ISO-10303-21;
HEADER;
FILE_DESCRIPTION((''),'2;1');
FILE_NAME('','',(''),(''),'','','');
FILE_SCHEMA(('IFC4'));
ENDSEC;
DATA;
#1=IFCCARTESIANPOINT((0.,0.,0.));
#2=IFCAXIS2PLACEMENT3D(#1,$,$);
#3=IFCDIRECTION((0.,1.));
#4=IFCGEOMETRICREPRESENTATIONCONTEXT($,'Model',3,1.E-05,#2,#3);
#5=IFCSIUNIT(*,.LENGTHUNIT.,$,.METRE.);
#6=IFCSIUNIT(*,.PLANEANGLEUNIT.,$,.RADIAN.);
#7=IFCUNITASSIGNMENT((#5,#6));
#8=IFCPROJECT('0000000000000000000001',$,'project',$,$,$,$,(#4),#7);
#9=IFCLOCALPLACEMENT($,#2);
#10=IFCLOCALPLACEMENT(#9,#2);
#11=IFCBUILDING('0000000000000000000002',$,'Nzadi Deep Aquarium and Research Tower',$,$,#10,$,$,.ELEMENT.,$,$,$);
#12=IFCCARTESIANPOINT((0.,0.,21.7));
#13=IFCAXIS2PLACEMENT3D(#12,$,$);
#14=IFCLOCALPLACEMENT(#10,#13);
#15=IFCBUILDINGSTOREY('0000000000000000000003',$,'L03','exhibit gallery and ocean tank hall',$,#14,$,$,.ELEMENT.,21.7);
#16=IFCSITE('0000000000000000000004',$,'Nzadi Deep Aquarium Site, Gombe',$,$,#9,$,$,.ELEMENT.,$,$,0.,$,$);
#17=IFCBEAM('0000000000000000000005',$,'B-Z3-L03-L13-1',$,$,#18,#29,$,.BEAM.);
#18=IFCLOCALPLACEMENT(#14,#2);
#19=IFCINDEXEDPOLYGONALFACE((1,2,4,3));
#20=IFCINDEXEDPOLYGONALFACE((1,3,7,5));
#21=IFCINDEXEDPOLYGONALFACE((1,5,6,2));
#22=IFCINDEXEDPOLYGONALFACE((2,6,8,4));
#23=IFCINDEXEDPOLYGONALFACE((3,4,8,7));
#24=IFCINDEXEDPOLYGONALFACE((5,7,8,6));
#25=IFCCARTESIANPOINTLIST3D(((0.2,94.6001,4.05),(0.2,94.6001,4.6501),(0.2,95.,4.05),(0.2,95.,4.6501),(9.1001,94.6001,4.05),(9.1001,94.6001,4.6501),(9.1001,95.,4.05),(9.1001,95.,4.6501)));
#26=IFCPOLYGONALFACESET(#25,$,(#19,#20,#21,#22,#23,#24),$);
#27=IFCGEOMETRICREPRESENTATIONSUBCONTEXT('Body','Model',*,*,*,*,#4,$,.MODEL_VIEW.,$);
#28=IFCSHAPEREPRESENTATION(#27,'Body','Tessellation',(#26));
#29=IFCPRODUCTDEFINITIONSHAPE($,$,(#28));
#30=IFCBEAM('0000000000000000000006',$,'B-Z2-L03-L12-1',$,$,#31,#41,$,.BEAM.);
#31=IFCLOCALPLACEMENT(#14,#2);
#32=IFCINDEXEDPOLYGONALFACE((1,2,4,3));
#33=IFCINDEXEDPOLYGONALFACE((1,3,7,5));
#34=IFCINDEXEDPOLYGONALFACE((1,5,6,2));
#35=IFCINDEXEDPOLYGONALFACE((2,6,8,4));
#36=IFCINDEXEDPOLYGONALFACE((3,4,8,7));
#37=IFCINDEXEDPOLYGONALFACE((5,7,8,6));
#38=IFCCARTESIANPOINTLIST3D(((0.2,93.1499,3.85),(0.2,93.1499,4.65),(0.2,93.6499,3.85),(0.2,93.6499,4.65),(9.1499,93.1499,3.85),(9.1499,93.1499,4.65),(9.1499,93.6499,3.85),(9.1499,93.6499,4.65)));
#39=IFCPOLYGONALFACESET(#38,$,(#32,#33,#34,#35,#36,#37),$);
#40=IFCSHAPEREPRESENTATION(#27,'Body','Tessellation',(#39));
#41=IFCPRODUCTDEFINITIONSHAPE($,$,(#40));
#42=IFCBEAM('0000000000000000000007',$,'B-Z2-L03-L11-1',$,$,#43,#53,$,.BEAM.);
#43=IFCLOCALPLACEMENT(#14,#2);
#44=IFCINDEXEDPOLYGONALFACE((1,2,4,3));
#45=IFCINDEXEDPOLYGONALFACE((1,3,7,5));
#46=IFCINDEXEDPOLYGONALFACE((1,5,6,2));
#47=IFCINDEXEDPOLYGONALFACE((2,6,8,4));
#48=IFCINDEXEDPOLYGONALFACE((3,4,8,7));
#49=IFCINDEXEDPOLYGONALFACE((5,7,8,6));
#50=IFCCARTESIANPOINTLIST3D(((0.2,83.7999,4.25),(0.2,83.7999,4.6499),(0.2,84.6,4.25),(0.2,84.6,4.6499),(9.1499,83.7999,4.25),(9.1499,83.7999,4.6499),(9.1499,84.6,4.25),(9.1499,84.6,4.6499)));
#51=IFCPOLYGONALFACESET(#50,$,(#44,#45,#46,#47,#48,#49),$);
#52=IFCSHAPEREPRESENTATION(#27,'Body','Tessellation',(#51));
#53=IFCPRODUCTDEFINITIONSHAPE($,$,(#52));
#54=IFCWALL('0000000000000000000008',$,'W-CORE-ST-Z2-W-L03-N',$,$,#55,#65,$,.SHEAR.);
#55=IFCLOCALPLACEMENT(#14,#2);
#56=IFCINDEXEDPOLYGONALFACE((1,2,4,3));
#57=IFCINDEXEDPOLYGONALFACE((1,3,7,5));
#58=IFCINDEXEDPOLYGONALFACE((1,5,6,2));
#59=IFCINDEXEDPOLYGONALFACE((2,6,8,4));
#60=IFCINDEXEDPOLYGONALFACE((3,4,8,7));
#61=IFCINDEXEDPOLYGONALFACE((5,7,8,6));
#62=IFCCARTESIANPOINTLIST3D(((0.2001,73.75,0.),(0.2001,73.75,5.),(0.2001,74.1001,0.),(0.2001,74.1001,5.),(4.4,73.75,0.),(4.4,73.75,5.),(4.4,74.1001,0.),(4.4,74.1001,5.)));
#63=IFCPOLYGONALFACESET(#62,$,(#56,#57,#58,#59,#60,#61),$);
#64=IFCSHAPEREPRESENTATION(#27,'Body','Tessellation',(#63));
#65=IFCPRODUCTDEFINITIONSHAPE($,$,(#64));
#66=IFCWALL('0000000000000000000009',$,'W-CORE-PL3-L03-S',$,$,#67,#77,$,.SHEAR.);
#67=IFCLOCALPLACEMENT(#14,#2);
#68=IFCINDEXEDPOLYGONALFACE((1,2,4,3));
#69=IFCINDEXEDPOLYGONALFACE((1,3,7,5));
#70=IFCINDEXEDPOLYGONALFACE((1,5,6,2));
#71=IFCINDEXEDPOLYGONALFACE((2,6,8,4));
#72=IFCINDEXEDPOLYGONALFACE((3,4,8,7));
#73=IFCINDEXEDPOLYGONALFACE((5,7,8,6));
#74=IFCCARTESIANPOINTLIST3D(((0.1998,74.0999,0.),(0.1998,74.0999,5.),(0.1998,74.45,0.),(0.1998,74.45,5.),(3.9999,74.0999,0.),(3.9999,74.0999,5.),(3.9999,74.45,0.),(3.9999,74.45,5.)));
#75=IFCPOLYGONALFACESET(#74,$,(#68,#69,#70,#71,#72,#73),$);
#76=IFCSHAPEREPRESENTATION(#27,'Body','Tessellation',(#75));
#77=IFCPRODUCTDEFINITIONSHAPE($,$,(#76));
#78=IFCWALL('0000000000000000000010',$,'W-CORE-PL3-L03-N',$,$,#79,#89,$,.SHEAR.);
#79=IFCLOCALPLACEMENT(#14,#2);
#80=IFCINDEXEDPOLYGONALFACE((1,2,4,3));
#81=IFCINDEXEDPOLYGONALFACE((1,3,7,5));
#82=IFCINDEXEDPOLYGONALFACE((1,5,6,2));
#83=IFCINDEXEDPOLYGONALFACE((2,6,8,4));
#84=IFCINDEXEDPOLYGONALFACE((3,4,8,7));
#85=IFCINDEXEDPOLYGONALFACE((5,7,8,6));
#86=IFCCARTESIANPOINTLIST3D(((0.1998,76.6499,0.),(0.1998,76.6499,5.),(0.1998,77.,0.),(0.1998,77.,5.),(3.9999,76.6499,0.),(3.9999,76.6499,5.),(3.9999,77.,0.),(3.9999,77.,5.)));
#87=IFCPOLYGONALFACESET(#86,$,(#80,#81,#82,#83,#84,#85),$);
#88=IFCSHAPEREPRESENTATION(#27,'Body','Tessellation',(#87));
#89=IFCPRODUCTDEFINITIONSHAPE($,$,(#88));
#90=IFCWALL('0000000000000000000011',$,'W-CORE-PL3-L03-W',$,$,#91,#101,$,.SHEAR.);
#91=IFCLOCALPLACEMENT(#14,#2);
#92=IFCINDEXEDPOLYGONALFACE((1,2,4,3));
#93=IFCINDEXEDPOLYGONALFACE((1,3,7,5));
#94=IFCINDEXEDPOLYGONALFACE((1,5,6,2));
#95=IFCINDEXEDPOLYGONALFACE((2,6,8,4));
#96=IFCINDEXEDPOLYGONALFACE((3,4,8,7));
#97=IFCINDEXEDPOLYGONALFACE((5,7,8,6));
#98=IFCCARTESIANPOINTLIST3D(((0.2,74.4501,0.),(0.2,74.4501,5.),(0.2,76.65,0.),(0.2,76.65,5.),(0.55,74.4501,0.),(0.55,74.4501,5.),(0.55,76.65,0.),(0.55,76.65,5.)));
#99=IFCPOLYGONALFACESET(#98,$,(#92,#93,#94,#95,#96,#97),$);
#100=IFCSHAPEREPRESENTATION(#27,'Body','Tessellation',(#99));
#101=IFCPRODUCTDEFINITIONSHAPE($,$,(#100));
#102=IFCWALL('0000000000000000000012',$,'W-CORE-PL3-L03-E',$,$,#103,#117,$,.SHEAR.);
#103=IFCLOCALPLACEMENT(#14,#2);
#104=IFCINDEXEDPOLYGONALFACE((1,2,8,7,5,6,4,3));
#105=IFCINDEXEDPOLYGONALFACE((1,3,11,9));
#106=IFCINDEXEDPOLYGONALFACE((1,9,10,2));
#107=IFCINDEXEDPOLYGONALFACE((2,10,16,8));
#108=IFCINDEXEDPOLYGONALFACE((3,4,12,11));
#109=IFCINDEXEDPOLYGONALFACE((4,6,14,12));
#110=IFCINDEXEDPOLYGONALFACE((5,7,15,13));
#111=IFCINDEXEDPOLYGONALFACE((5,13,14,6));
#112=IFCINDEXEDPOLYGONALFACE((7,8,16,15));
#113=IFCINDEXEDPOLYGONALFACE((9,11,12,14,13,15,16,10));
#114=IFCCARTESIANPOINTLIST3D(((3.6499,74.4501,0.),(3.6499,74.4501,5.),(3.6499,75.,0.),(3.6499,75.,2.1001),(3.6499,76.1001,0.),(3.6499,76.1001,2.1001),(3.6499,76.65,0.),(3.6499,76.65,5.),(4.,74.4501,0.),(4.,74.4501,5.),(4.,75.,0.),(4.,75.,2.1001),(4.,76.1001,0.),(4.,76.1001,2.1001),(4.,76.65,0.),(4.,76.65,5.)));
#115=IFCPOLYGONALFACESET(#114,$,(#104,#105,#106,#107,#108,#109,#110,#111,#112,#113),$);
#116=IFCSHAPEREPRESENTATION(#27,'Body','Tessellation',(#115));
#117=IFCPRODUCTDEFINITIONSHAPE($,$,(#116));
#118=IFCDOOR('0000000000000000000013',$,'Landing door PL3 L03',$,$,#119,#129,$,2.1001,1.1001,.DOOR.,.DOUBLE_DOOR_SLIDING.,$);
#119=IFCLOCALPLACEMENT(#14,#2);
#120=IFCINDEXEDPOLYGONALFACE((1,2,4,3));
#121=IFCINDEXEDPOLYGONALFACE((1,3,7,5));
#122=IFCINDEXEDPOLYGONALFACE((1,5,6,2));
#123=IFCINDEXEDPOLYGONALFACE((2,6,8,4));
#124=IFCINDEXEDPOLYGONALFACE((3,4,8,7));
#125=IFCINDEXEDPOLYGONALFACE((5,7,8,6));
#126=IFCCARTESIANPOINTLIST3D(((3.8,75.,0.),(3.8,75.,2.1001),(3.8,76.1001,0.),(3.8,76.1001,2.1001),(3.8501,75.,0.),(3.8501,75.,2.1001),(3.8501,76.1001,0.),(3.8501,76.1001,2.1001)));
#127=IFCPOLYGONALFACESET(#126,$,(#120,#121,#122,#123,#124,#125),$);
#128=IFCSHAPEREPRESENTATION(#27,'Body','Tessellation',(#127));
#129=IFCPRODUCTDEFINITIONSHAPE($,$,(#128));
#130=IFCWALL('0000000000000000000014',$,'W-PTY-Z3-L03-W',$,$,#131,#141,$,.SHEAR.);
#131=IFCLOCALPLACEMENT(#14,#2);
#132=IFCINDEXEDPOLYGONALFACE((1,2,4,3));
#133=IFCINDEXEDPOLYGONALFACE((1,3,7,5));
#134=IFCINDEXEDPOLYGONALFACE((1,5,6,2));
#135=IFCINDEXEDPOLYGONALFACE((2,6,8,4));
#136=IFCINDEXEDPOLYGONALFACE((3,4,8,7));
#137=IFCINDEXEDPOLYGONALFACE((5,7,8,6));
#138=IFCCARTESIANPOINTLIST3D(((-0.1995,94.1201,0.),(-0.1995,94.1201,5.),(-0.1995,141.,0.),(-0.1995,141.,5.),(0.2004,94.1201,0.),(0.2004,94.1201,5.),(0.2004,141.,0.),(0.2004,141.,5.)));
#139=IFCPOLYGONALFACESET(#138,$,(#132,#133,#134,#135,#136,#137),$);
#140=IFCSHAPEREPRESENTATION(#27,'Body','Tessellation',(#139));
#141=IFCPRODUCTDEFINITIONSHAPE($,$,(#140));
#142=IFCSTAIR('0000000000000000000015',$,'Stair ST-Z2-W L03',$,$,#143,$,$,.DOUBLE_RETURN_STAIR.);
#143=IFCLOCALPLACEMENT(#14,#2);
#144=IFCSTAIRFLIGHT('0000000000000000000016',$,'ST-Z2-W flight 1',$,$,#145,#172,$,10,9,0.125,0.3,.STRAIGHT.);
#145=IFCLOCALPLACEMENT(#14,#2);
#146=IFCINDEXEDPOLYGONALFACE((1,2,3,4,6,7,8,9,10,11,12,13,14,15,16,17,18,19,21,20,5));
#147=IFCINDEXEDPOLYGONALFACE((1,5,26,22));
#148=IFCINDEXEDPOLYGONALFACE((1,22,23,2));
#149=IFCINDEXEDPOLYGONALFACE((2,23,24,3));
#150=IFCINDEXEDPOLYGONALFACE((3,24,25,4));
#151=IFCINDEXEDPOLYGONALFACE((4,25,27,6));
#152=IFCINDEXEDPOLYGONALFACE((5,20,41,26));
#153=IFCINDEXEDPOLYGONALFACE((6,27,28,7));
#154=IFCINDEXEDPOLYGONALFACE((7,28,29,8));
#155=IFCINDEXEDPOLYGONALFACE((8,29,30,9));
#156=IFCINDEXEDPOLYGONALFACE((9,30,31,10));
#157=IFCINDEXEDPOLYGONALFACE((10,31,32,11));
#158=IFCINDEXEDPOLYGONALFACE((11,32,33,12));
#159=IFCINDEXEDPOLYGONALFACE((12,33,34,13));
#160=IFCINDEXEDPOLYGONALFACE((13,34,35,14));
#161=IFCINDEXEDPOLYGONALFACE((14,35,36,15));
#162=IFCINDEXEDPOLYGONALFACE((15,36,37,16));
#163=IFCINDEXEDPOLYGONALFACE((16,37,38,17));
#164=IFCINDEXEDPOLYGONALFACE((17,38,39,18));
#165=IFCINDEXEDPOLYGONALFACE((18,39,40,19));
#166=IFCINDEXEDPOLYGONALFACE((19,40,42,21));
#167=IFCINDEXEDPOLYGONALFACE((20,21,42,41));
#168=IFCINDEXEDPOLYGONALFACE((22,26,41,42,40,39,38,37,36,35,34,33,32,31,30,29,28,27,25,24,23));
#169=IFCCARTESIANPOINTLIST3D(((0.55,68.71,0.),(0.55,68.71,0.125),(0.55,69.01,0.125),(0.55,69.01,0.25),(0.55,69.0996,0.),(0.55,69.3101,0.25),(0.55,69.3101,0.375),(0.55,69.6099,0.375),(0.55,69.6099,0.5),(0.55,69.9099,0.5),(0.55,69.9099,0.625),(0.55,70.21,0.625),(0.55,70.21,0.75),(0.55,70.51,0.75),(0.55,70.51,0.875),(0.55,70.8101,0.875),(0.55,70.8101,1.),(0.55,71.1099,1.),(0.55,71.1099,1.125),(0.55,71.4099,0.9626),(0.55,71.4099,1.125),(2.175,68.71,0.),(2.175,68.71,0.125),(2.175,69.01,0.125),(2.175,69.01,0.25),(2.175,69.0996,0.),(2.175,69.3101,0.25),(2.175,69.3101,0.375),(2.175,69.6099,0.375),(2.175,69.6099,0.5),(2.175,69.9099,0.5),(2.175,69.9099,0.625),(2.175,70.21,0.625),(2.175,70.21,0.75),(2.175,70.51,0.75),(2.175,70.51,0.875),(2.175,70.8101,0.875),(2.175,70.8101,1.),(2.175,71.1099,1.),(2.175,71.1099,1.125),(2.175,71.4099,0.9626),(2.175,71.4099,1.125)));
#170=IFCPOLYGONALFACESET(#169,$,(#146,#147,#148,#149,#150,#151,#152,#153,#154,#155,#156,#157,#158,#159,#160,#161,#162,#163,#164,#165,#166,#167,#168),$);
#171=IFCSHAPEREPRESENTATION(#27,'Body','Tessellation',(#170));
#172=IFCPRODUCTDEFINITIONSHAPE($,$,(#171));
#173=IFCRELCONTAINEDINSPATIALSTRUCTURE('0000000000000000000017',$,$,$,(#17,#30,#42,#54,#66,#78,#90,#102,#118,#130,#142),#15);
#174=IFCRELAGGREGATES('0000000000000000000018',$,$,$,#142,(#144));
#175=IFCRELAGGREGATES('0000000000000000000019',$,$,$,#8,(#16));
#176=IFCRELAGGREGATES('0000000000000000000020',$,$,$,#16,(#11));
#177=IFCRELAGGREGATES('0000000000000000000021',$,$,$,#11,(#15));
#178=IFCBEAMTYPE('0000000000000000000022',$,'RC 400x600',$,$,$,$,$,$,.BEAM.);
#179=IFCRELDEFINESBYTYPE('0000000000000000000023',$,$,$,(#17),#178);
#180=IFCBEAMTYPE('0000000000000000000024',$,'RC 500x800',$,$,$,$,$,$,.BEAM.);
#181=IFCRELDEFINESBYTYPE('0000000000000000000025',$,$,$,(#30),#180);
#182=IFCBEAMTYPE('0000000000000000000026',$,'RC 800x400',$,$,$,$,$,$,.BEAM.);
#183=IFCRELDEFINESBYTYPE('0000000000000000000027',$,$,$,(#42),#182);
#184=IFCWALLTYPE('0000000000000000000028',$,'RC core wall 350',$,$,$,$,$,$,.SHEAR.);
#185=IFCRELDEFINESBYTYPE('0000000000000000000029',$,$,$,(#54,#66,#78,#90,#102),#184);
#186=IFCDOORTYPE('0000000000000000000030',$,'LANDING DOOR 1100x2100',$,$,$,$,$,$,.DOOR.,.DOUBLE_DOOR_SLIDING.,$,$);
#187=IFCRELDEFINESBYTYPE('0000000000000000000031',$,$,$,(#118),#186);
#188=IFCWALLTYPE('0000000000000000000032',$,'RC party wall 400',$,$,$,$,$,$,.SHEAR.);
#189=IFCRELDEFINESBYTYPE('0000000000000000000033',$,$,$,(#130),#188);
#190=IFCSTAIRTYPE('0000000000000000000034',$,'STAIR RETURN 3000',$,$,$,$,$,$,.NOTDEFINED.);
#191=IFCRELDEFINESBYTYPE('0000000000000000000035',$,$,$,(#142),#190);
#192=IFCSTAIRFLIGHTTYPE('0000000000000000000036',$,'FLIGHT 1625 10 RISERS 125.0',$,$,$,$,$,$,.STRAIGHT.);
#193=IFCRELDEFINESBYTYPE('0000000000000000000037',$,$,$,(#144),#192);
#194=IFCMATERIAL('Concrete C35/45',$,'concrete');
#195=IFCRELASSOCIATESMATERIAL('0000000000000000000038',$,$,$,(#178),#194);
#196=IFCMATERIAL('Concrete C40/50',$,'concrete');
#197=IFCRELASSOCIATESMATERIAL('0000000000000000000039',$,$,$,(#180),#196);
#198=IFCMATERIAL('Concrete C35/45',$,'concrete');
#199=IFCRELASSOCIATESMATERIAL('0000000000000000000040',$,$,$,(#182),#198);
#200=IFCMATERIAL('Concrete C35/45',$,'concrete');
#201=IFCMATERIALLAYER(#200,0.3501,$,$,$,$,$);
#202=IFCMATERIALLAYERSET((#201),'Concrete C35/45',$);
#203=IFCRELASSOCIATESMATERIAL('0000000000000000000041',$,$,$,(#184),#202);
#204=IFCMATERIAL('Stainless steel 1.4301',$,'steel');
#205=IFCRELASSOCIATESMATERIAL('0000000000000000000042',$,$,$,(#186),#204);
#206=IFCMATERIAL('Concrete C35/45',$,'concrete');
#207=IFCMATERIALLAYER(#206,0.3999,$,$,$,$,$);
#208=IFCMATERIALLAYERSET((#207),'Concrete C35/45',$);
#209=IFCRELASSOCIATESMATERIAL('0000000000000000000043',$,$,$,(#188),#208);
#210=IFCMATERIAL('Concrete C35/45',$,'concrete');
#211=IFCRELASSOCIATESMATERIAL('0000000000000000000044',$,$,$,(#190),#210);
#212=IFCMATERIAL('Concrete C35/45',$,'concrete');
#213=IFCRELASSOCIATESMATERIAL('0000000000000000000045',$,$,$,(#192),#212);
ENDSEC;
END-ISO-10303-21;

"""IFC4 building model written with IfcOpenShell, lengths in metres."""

from ifc_helpers import new_model, si_unit, direction, frame, frame_2d, origin, origin_2d, place, context, subcontext, project, spatial, polyline, rectangle, outline, extrude, material, layer, layer_set, material_profile, profile_set, type_object, element, fill, aggregate, save


model = new_model("IFC4")

# Units and contexts
model_context = context("Model", 3, precision=1e-05, world=origin(), true_north=direction((0.0, 1.0)))
body_context = subcontext(model_context, "Body", "Model", "MODEL_VIEW")
ifc_project = project(units=[si_unit("LENGTHUNIT", "METRE"), si_unit("PLANEANGLEUNIT", "RADIAN")], contexts=[model_context])

# Site, building, storey
site_placement = place(None, origin())
site = spatial("IfcSite", under=ifc_project, at=site_placement, Name="Nzadi Deep Aquarium Site, Gombe", CompositionType="ELEMENT", RefElevation=0.0)
building_placement = place(site_placement, origin())
building = spatial("IfcBuilding", under=site, at=building_placement, Name="Nzadi Deep Aquarium and Research Tower", CompositionType="ELEMENT")
storey_placement = place(building_placement, frame((0.0, 0.0, 21.7)))
storey = spatial("IfcBuildingStorey", under=building, at=storey_placement, Name="L03", Description="exhibit gallery and ocean tank hall", CompositionType="ELEMENT", Elevation=21.7)

# Beams
ifc_material_1 = material(Name="Concrete C35/45", Category="concrete")
ifc_material_profile_1 = material_profile(ifc_material_1, rectangle(XDim=0.3999, YDim=0.6001, at=origin_2d()))
ifc_profile_set_1 = profile_set([ifc_material_profile_1], Name="Concrete C35/45")
beam_type_1 = type_object("IfcBeamType", Name="RC 400x600", PredefinedType="BEAM", material=ifc_profile_set_1)
beam_1_placement = place(storey_placement, frame((0.2, 94.8, 4.3501), z_axis=(1.0, 0.0, 0.0), x_axis=(0.0, 1.0, 0.0)))
element("IfcBeam", 1, at=beam_1_placement, inside=storey, type_object=beam_type_1, Name="B-Z3-L03-L13-1", PredefinedType="BEAM", context=body_context, shape_type="SweptSolid", body=[
    extrude(rectangle(XDim=0.3999, YDim=0.6001, at=origin_2d()), origin(), (0.0, 0.0, 1.0), 8.9001),
])
ifc_material_2 = material(Name="Concrete C40/50", Category="concrete")
ifc_material_profile_2 = material_profile(ifc_material_2, rectangle(XDim=0.5, YDim=0.8, at=origin_2d()))
ifc_profile_set_2 = profile_set([ifc_material_profile_2], Name="Concrete C40/50")
beam_type_2 = type_object("IfcBeamType", Name="RC 500x800", PredefinedType="BEAM", material=ifc_profile_set_2)
beam_2_placement = place(storey_placement, frame((0.2, 93.3999, 4.25), z_axis=(1.0, 0.0, 0.0), x_axis=(0.0, 1.0, 0.0)))
element("IfcBeam", 2, at=beam_2_placement, inside=storey, type_object=beam_type_2, Name="B-Z2-L03-L12-1", PredefinedType="BEAM", context=body_context, shape_type="SweptSolid", body=[
    extrude(rectangle(XDim=0.5, YDim=0.8, at=origin_2d()), origin(), (0.0, 0.0, 1.0), 8.95),
])
ifc_material_3 = material(Name="Concrete C35/45", Category="concrete")
ifc_material_profile_3 = material_profile(ifc_material_3, rectangle(XDim=0.8, YDim=0.3999, at=origin_2d()))
ifc_profile_set_3 = profile_set([ifc_material_profile_3], Name="Concrete C35/45")
beam_type_3 = type_object("IfcBeamType", Name="RC 800x400", PredefinedType="BEAM", material=ifc_profile_set_3)
beam_3_placement = place(storey_placement, frame((0.2, 84.2, 4.45), z_axis=(1.0, 0.0, 0.0), x_axis=(0.0, 1.0, 0.0)))
element("IfcBeam", 3, at=beam_3_placement, inside=storey, type_object=beam_type_3, Name="B-Z2-L03-L11-1", PredefinedType="BEAM", context=body_context, shape_type="SweptSolid", body=[
    extrude(rectangle(XDim=0.8, YDim=0.3999, at=origin_2d()), origin(), (0.0, 0.0, 1.0), 8.95),
])

# Walls
ifc_material_4 = material(Name="Concrete C35/45", Category="concrete")
ifc_layer_1 = layer(ifc_material_4, 0.3501)
ifc_layer_set_1 = layer_set([ifc_layer_1], Name="Concrete C35/45")
wall_type_1 = type_object("IfcWallType", Name="RC core wall 350", PredefinedType="SHEAR", material=ifc_layer_set_1)
wall_1_placement = place(storey_placement, frame((0.2, 73.925, 0.0), z_axis=(0.0, 0.0, 1.0), x_axis=(1.0, 0.0, 0.0)))
element("IfcWall", 4, at=wall_1_placement, inside=storey, type_object=wall_type_1, Name="W-CORE-ST-Z2-W-L03-N", PredefinedType="SHEAR", context=body_context, shape_type="SweptSolid", body=[
    extrude(rectangle(XDim=4.2, YDim=0.3501, at=frame_2d((2.1001, 0.0))), origin(), (0.0, 0.0, 1.0), 5.0),
])
for number, where, z_axis, x_axis, name in (
    (5, (0.2, 74.2749, 0.0), (0.0, 0.0, 1.0), (1.0, 0.0, 0.0), "W-CORE-PL3-L03-S"),
    (6, (0.2, 76.825, 0.0), (0.0, 0.0, 1.0), (1.0, 0.0, 0.0), "W-CORE-PL3-L03-N"),
):
    element("IfcWall", number, at=place(storey_placement, frame(where, z_axis=z_axis, x_axis=x_axis)), inside=storey, type_object=wall_type_1, Name=name, PredefinedType="SHEAR", context=body_context, shape_type="SweptSolid", body=[
        extrude(rectangle(XDim=3.8, YDim=0.3501, at=frame_2d((1.8999, 0.0))), origin(), (0.0, 0.0, 1.0), 5.0),
    ])
wall_2_placement = place(storey_placement, frame((0.375, 74.45, 0.0), z_axis=(0.0, 0.0, 1.0), x_axis=(0.0, 1.0, 0.0)))
element("IfcWall", 7, at=wall_2_placement, inside=storey, type_object=wall_type_1, Name="W-CORE-PL3-L03-W", PredefinedType="SHEAR", context=body_context, shape_type="SweptSolid", body=[
    extrude(rectangle(XDim=2.2, YDim=0.3501, at=frame_2d((1.1001, 0.0))), origin(), (0.0, 0.0, 1.0), 5.0),
])

# Wall, opening, door
wall_3_placement = place(storey_placement, frame((3.825, 74.45, 0.0), z_axis=(0.0, 0.0, 1.0), x_axis=(0.0, 1.0, 0.0)))
wall_3 = element("IfcWall", 8, at=wall_3_placement, inside=storey, type_object=wall_type_1, Name="W-CORE-PL3-L03-E", PredefinedType="SHEAR", context=body_context, shape_type="SweptSolid", body=[
    extrude(rectangle(XDim=2.2, YDim=0.3501, at=frame_2d((1.1001, 0.0))), origin(), (0.0, 0.0, 1.0), 5.0),
])
opening_placement = place(wall_3_placement, frame((0.55, 0.0, 0.0)))
opening = element("IfcOpeningElement", 9, at=opening_placement, cuts=wall_3, PredefinedType="OPENING", context=body_context, shape_type="SweptSolid", body=[
    extrude(rectangle(XDim=1.1001, YDim=2.1001, at=frame_2d((0.55, 1.05))), frame((0.0, 0.1851, 0.0), z_axis=(0.0, -1.0, 0.0), x_axis=(1.0, 0.0, 0.0)), (0.0, 0.0, 1.0), 0.3701),
])
ifc_material_5 = material(Name="Stainless steel 1.4301", Category="steel")
door_type = type_object("IfcDoorType", Name="LANDING DOOR 1100x2100", OperationType="DOUBLE_DOOR_SLIDING", PredefinedType="DOOR", material=ifc_material_5)
door_placement = place(opening_placement, origin())
door = element("IfcDoor", 10, at=door_placement, inside=storey, type_object=door_type, Name="Landing door PL3 L03", OperationType="DOUBLE_DOOR_SLIDING", OverallHeight=2.1001, OverallWidth=1.1001, PredefinedType="DOOR", context=body_context, shape_type="SweptSolid", body=[
    extrude(rectangle(XDim=1.1001, YDim=2.1001, at=frame_2d((0.55, 1.05))), frame((0.0, 0.0249, 0.0), z_axis=(0.0, -1.0, 0.0), x_axis=(1.0, 0.0, 0.0)), (0.0, 0.0, 1.0), 0.05),
])
fill(opening, door)

# Wall
ifc_material_6 = material(Name="Concrete C35/45", Category="concrete")
ifc_layer_2 = layer(ifc_material_6, 0.3999)
ifc_layer_set_2 = layer_set([ifc_layer_2], Name="Concrete C35/45")
wall_type_2 = type_object("IfcWallType", Name="RC party wall 400", PredefinedType="SHEAR", material=ifc_layer_set_2)
wall_4_placement = place(storey_placement, frame((0.0005, 94.1201, 0.0), z_axis=(0.0, 0.0, 1.0), x_axis=(0.0, 1.0, 0.0)))
element("IfcWall", 11, at=wall_4_placement, inside=storey, type_object=wall_type_2, Name="W-PTY-Z3-L03-W", PredefinedType="SHEAR", context=body_context, shape_type="SweptSolid", body=[
    extrude(rectangle(XDim=46.8799, YDim=0.3999, at=frame_2d((23.4399, 0.0))), origin(), (0.0, 0.0, 1.0), 5.0),
])

# Stair, stair flight
ifc_material_7 = material(Name="Concrete C35/45", Category="concrete")
stair_type = type_object("IfcStairType", Name="STAIR RETURN 3000", PredefinedType="NOTDEFINED", material=ifc_material_7)
stair_placement = place(storey_placement, origin())
stair = element("IfcStair", 12, at=stair_placement, inside=storey, type_object=stair_type, Name="Stair ST-Z2-W L03", PredefinedType="DOUBLE_RETURN_STAIR")
ifc_material_8 = material(Name="Concrete C35/45", Category="concrete")
stair_flight_type = type_object("IfcStairFlightType", Name="FLIGHT 1625 10 RISERS 125.0", PredefinedType="STRAIGHT", material=ifc_material_8)
stair_flight_1_placement = place(storey_placement, frame((1.3625, 68.71, 0.0), z_axis=(0.0, 0.0, 1.0), x_axis=(0.0, 1.0, 0.0)))
stair_flight_1 = element("IfcStairFlight", 13, at=stair_flight_1_placement, type_object=stair_flight_type, Name="ST-Z2-W flight 1", NumberOfRisers=10, NumberOfTreads=9, PredefinedType="STRAIGHT", RiserHeight=0.125, TreadLength=0.3, context=body_context, shape_type="SweptSolid", body=[
    extrude(outline(polyline([(0.0, 0.0), (0.0, 0.125), (0.3, 0.125), (0.3, 0.25), (0.6001, 0.25), (0.6001, 0.375), (0.8999, 0.375), (0.8999, 0.5), (1.2, 0.5), (1.2, 0.625), (1.5, 0.625), (1.5, 0.75), (1.8, 0.75), (1.8, 0.875), (2.1001, 0.875), (2.1001, 1.0), (2.3999, 1.0), (2.3999, 1.125), (2.7, 1.125), (2.7, 1.25), (2.7, 0.9626), (0.3896, 0.0), (0.0, 0.0)])), frame((0.0, 0.8125, 0.0), z_axis=(0.0, -1.0, 0.0), x_axis=(1.0, 0.0, 0.0)), (0.0, 0.0, 1.0), 1.625),
])
aggregate(stair, [stair_flight_1])

save(model, "model.ifc")
